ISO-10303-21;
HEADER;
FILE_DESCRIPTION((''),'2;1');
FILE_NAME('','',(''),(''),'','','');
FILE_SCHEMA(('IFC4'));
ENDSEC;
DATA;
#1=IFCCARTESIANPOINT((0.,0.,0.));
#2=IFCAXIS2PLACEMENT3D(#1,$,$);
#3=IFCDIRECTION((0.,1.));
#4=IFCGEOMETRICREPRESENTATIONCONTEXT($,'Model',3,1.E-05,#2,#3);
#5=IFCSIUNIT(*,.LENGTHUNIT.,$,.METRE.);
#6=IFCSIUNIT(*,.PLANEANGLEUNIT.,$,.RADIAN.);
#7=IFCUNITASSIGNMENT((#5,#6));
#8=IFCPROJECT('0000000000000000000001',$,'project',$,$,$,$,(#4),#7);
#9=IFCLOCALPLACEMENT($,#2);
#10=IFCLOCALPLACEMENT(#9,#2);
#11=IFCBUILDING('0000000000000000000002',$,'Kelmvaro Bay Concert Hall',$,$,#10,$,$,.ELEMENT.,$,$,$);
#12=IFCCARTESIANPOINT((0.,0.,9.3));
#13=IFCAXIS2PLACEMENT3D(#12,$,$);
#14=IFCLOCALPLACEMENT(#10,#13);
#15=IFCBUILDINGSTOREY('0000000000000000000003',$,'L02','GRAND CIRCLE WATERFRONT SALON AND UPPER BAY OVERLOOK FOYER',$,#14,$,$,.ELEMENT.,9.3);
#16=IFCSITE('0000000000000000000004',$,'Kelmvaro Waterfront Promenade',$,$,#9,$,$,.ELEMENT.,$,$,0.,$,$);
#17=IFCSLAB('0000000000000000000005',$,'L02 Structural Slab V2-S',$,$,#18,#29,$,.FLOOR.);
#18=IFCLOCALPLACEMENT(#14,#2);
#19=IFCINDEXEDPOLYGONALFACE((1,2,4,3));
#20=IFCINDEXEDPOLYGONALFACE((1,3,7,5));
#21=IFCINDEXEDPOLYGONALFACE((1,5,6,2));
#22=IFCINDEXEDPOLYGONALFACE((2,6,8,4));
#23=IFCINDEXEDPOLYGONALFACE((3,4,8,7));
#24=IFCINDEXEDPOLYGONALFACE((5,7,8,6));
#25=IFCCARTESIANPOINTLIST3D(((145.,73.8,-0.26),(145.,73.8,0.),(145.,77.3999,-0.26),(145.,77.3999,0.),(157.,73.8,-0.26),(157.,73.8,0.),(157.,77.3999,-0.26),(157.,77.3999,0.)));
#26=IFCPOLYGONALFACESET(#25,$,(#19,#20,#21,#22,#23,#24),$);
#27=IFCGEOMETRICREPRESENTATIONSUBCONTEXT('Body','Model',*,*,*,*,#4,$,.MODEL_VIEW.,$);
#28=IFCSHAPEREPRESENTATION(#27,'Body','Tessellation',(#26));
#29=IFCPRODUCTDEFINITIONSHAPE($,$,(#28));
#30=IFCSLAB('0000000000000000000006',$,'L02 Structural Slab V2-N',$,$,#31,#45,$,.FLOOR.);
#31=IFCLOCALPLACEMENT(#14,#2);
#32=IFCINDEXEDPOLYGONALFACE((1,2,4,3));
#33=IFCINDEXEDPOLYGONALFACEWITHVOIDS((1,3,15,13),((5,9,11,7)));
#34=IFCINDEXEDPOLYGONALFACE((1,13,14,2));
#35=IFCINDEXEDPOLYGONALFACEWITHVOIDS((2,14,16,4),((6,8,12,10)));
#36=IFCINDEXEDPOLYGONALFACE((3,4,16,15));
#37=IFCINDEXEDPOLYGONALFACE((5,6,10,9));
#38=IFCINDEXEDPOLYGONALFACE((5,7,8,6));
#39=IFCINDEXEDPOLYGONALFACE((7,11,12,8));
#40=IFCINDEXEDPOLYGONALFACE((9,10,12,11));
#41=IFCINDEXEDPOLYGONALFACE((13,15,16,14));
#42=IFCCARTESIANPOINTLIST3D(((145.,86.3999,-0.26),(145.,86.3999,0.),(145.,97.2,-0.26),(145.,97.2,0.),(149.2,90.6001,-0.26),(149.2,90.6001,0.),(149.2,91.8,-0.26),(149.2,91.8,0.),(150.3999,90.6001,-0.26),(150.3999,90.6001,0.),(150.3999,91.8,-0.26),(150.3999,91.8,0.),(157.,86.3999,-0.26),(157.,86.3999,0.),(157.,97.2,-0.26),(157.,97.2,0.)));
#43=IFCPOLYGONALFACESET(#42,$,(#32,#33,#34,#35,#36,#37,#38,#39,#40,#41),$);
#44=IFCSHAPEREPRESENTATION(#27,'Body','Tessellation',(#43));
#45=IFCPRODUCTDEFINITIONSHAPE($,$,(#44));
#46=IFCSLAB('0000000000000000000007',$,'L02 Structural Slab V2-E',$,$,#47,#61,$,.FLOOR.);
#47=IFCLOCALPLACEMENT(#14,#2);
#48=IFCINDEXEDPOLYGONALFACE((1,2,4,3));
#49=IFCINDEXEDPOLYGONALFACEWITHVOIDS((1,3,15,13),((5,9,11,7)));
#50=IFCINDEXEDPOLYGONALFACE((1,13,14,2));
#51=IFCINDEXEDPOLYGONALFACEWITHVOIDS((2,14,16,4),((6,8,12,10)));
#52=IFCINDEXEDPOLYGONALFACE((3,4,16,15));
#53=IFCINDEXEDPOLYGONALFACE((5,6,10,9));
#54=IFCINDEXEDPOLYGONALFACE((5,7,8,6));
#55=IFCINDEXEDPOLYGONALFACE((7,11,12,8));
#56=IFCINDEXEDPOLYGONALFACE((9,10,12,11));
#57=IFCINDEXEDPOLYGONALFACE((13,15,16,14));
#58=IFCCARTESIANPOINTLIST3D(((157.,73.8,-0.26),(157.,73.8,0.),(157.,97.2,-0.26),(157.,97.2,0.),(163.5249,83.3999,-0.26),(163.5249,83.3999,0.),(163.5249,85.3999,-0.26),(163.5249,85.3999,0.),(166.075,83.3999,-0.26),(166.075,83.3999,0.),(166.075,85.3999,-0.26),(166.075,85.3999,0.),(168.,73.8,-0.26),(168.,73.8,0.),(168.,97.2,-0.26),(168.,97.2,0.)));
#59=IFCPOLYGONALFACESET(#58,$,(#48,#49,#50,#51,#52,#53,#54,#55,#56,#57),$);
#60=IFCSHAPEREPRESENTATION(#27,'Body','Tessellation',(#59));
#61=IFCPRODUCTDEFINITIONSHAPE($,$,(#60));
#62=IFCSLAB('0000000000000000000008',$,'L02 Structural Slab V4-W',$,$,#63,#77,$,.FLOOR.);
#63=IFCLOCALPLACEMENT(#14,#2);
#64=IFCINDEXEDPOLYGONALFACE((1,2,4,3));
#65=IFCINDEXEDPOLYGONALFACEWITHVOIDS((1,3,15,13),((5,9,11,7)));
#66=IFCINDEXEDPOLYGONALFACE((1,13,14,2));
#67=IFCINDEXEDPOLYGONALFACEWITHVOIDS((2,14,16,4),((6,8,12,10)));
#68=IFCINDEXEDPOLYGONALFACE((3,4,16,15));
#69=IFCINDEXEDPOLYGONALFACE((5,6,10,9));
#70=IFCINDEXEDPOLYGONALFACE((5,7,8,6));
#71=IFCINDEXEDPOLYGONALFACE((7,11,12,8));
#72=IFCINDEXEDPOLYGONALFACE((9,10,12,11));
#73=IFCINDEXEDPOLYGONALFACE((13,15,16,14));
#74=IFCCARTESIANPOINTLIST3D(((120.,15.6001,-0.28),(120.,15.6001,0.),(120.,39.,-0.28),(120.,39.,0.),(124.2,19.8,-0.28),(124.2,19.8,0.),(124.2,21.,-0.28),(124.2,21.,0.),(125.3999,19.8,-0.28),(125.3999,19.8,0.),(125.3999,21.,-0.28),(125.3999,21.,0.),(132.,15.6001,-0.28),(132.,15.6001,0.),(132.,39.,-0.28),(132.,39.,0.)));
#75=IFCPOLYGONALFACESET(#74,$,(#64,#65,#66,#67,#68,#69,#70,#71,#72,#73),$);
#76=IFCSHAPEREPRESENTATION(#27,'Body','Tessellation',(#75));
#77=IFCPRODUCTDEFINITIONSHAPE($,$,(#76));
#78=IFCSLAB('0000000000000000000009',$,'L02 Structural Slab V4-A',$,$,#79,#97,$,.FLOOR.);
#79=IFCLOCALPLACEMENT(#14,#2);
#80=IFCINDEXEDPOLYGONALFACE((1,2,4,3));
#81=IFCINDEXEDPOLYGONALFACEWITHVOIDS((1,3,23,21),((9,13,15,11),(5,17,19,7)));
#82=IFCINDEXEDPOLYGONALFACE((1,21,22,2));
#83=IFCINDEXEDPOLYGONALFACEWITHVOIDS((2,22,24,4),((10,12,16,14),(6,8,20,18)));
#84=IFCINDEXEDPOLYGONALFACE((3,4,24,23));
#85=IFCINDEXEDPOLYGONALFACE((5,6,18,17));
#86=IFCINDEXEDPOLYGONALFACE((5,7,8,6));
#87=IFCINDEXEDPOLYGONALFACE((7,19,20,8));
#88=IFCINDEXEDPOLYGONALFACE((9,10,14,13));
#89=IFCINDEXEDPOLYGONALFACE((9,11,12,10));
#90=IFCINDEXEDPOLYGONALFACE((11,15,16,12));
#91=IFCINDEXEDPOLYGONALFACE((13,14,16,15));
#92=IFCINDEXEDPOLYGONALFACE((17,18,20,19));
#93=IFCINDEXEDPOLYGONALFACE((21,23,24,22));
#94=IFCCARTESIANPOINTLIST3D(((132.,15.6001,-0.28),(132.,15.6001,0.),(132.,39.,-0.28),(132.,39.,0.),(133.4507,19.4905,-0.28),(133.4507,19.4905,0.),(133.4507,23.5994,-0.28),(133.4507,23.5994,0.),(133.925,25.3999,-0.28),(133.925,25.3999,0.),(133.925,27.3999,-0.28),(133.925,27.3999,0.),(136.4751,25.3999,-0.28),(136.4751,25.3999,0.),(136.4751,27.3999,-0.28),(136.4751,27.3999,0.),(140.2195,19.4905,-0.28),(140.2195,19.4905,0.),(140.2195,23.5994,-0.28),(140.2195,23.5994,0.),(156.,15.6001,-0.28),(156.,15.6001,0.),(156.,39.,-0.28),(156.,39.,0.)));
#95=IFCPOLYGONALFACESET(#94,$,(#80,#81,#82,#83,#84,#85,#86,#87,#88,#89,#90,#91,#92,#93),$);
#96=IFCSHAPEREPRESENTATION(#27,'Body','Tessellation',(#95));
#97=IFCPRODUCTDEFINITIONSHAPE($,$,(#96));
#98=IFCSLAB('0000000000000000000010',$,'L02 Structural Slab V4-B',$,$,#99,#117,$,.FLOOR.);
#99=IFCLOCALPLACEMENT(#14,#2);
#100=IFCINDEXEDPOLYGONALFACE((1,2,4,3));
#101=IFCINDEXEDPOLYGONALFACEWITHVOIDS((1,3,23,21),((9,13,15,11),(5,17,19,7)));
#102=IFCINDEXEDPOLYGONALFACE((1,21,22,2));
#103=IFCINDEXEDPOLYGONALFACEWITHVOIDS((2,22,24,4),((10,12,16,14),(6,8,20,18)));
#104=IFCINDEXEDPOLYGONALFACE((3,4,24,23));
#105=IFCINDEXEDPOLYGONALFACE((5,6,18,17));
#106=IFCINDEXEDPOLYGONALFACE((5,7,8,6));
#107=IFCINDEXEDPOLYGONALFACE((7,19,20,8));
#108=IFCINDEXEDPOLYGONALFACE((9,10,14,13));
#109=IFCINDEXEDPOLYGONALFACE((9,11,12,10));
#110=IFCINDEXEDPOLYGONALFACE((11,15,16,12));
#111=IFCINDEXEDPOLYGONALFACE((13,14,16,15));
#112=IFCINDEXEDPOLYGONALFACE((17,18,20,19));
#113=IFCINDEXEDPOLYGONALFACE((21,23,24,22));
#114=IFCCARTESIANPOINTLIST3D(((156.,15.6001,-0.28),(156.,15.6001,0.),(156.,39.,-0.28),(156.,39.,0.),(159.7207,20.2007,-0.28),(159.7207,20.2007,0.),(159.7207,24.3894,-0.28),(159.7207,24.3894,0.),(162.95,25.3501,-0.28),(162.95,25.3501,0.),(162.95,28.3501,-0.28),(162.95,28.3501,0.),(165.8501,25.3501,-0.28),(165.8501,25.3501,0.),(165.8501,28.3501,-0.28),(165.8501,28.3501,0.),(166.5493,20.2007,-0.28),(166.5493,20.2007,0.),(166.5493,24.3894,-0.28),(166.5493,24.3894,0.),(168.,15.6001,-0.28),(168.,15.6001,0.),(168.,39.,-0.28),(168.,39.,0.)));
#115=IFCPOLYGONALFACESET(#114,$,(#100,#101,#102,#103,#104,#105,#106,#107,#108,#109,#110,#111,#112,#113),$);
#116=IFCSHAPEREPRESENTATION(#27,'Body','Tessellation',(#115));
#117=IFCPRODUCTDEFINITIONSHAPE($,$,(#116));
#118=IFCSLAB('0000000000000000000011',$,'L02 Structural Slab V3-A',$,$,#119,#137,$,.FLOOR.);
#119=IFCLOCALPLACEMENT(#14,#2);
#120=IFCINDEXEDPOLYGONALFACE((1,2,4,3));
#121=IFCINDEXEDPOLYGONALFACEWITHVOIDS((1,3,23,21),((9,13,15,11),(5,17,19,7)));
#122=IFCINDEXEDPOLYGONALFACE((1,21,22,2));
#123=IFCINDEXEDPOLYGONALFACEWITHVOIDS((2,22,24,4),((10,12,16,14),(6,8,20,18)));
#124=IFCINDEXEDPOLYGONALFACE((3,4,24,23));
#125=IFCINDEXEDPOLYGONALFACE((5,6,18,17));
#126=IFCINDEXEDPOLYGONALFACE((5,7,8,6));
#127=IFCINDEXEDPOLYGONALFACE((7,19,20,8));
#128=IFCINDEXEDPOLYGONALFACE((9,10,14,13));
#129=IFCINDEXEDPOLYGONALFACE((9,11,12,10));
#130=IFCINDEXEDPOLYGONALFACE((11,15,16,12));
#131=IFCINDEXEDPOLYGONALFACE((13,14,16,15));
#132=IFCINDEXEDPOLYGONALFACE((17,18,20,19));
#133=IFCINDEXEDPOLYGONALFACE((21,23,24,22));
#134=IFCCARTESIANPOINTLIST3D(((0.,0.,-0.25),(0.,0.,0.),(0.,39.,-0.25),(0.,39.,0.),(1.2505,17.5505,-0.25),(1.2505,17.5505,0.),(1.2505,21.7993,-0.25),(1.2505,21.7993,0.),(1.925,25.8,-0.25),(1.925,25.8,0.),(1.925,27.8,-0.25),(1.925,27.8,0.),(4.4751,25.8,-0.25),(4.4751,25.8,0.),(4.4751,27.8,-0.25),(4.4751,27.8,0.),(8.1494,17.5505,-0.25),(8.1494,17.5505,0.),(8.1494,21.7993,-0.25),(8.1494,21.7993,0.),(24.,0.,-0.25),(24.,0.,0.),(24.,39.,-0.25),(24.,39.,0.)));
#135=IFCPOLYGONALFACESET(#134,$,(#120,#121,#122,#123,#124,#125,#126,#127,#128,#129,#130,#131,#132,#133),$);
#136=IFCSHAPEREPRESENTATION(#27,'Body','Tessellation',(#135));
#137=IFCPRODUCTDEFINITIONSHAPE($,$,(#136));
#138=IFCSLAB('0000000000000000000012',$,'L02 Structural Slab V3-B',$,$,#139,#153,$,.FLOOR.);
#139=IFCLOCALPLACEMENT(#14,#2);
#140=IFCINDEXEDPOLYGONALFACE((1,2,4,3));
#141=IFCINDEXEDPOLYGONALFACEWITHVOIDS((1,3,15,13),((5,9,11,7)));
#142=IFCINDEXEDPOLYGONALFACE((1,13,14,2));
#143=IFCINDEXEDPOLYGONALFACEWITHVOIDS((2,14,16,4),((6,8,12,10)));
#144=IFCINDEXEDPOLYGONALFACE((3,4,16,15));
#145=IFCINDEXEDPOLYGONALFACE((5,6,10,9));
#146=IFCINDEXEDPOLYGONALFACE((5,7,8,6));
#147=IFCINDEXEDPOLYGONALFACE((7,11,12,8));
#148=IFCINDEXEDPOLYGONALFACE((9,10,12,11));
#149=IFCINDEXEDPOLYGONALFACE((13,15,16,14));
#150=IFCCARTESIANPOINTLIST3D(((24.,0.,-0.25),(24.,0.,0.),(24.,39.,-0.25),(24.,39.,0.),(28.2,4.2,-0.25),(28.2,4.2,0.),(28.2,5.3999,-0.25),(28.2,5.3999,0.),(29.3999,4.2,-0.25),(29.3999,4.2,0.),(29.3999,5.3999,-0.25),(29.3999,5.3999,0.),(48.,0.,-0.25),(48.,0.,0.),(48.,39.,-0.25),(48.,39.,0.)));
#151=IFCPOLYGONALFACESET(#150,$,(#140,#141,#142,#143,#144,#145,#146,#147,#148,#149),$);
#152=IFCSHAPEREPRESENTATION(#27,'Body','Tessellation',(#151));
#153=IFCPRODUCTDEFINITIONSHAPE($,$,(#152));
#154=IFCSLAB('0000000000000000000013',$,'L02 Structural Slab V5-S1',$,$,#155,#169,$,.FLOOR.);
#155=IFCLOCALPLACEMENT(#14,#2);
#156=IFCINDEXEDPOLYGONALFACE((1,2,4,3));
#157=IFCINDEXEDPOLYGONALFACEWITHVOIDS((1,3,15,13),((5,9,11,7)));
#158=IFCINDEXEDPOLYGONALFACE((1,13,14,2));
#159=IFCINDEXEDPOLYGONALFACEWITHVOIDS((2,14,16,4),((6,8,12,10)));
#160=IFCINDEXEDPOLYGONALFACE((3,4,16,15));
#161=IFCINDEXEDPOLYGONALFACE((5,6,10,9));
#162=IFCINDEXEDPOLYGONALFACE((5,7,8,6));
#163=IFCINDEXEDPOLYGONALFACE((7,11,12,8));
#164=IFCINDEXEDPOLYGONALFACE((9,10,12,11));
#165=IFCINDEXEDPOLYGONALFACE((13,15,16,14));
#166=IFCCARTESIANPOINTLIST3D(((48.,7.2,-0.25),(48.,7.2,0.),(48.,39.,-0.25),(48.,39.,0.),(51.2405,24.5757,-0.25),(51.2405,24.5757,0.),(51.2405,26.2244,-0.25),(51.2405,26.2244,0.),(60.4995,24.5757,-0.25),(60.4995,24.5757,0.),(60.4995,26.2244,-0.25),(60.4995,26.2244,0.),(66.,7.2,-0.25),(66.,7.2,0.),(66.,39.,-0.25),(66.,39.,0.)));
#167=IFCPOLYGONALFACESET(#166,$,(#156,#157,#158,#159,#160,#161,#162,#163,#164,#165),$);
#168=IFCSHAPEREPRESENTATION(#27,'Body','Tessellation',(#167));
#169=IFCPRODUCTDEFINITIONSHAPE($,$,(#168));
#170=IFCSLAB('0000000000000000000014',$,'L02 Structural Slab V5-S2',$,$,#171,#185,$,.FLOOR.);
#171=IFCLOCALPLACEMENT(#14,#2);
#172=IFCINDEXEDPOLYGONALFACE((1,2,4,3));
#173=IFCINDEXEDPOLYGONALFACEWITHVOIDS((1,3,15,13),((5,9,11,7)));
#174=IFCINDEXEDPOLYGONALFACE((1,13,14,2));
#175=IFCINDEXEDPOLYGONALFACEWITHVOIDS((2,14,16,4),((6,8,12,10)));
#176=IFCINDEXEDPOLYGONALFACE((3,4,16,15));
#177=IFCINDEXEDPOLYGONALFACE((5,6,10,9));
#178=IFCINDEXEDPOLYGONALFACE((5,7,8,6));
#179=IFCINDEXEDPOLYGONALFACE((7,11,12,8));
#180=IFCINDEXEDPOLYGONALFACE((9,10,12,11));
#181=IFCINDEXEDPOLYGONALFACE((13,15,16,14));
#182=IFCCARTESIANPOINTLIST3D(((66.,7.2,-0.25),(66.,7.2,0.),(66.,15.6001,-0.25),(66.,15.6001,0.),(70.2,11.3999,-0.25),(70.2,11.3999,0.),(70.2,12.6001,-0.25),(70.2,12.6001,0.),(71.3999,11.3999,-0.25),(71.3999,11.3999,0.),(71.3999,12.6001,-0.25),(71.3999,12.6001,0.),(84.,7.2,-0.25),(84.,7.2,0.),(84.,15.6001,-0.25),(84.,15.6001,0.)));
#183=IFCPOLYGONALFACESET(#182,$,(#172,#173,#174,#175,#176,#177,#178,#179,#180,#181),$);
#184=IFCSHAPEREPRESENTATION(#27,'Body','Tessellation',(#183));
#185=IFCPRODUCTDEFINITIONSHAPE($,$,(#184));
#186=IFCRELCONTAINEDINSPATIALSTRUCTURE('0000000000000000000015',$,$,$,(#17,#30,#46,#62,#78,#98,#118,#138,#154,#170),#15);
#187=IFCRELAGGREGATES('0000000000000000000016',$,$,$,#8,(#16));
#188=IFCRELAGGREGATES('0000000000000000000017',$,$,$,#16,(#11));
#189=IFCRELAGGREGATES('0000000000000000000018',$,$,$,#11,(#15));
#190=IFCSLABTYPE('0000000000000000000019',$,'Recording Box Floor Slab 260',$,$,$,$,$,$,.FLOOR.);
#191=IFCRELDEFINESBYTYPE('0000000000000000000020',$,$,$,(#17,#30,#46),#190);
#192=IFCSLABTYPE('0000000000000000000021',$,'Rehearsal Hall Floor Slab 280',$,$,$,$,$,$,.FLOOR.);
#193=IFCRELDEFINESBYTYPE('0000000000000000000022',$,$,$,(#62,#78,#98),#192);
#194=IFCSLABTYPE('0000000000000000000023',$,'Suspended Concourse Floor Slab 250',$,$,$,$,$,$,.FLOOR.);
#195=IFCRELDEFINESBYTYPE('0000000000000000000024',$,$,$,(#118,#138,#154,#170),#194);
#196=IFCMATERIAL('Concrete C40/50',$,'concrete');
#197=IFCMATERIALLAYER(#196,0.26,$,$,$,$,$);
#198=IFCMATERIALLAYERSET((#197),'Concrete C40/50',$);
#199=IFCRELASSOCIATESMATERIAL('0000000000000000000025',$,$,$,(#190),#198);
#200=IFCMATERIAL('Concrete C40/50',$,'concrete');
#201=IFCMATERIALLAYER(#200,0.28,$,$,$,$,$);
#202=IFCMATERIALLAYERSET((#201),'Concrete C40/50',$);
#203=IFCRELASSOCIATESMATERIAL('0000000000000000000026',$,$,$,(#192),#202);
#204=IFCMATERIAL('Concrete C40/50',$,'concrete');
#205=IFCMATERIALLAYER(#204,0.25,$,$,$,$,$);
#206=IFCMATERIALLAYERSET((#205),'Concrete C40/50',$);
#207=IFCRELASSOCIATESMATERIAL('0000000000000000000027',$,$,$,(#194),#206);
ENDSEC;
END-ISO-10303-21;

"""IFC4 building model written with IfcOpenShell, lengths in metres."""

from ifc_helpers import new_model, si_unit, direction, frame, origin, place, context, subcontext, project, spatial, polyline, outline, extrude, material, layer, layer_set, type_object, element, save


model = new_model("IFC4")

# Units and contexts
model_context = context("Model", 3, precision=1e-05, world=origin(), true_north=direction((0.0, 1.0)))
body_context = subcontext(model_context, "Body", "Model", "MODEL_VIEW")
ifc_project = project(units=[si_unit("LENGTHUNIT", "METRE"), si_unit("PLANEANGLEUNIT", "RADIAN")], contexts=[model_context])

# Site, building, storey
site_placement = place(None, origin())
site = spatial("IfcSite", under=ifc_project, at=site_placement, Name="Kelmvaro Waterfront Promenade", CompositionType="ELEMENT", RefElevation=0.0)
building_placement = place(site_placement, origin())
building = spatial("IfcBuilding", under=site, at=building_placement, Name="Kelmvaro Bay Concert Hall", CompositionType="ELEMENT")
storey_placement = place(building_placement, frame((0.0, 0.0, 9.3)))
storey = spatial("IfcBuildingStorey", under=building, at=storey_placement, Name="L02", Description="GRAND CIRCLE WATERFRONT SALON AND UPPER BAY OVERLOOK FOYER", CompositionType="ELEMENT", Elevation=9.3)

# Slabs
ifc_material_1 = material(Name="Concrete C40/50", Category="concrete")
ifc_layer_1 = layer(ifc_material_1, 0.26)
ifc_layer_set_1 = layer_set([ifc_layer_1], Name="Concrete C40/50")
slab_type_1 = type_object("IfcSlabType", Name="Recording Box Floor Slab 260", PredefinedType="FLOOR", material=ifc_layer_set_1)
slab_1_placement = place(storey_placement, frame((0.0, 0.0, -0.26)))
element("IfcSlab", 1, at=slab_1_placement, inside=storey, type_object=slab_type_1, Name="L02 Structural Slab V2-S", PredefinedType="FLOOR", context=body_context, shape_type="SweptSolid", body=[
    extrude(outline(polyline([(145.0, 73.8), (157.0, 73.8), (157.0, 77.3999), (145.0, 77.3999), (145.0, 73.8)])), origin(), (0.0, 0.0, 1.0), 0.26),
])
slab_2_placement = place(storey_placement, frame((0.0, 0.0, -0.26)))
element("IfcSlab", 2, at=slab_2_placement, inside=storey, type_object=slab_type_1, Name="L02 Structural Slab V2-N", PredefinedType="FLOOR", context=body_context, shape_type="SweptSolid", body=[
    extrude(outline(polyline([(145.0, 86.3999), (157.0, 86.3999), (157.0, 97.2), (145.0, 97.2), (145.0, 86.3999)]), holes=[polyline([(149.2, 90.6001), (150.3999, 90.6001), (150.3999, 91.8), (149.2, 91.8), (149.2, 90.6001)])]), origin(), (0.0, 0.0, 1.0), 0.26),
])
slab_3_placement = place(storey_placement, frame((0.0, 0.0, -0.26)))
element("IfcSlab", 3, at=slab_3_placement, inside=storey, type_object=slab_type_1, Name="L02 Structural Slab V2-E", PredefinedType="FLOOR", context=body_context, shape_type="SweptSolid", body=[
    extrude(outline(polyline([(157.0, 73.8), (168.0, 73.8), (168.0, 97.2), (157.0, 97.2), (157.0, 73.8)]), holes=[polyline([(163.5249, 83.3999), (166.075, 83.3999), (166.075, 85.3999), (163.5249, 85.3999), (163.5249, 83.3999)])]), origin(), (0.0, 0.0, 1.0), 0.26),
])
ifc_material_2 = material(Name="Concrete C40/50", Category="concrete")
ifc_layer_2 = layer(ifc_material_2, 0.28)
ifc_layer_set_2 = layer_set([ifc_layer_2], Name="Concrete C40/50")
slab_type_2 = type_object("IfcSlabType", Name="Rehearsal Hall Floor Slab 280", PredefinedType="FLOOR", material=ifc_layer_set_2)
slab_4_placement = place(storey_placement, frame((0.0, 0.0, -0.28)))
element("IfcSlab", 4, at=slab_4_placement, inside=storey, type_object=slab_type_2, Name="L02 Structural Slab V4-W", PredefinedType="FLOOR", context=body_context, shape_type="SweptSolid", body=[
    extrude(outline(polyline([(120.0, 15.6001), (132.0, 15.6001), (132.0, 39.0), (120.0, 39.0), (120.0, 15.6001)]), holes=[polyline([(124.2, 19.8), (125.3999, 19.8), (125.3999, 21.0), (124.2, 21.0), (124.2, 19.8)])]), origin(), (0.0, 0.0, 1.0), 0.28),
])
slab_5_placement = place(storey_placement, frame((0.0, 0.0, -0.28)))
element("IfcSlab", 5, at=slab_5_placement, inside=storey, type_object=slab_type_2, Name="L02 Structural Slab V4-A", PredefinedType="FLOOR", context=body_context, shape_type="SweptSolid", body=[
    extrude(outline(polyline([(132.0, 15.6001), (156.0, 15.6001), (156.0, 39.0), (132.0, 39.0), (132.0, 15.6001)]), holes=[polyline([(133.4507, 19.4905), (140.2195, 19.4905), (140.2195, 23.5994), (133.4507, 23.5994), (133.4507, 19.4905)]), polyline([(133.925, 25.3999), (136.4751, 25.3999), (136.4751, 27.3999), (133.925, 27.3999), (133.925, 25.3999)])]), origin(), (0.0, 0.0, 1.0), 0.28),
])
slab_6_placement = place(storey_placement, frame((0.0, 0.0, -0.28)))
element("IfcSlab", 6, at=slab_6_placement, inside=storey, type_object=slab_type_2, Name="L02 Structural Slab V4-B", PredefinedType="FLOOR", context=body_context, shape_type="SweptSolid", body=[
    extrude(outline(polyline([(156.0, 15.6001), (168.0, 15.6001), (168.0, 39.0), (156.0, 39.0), (156.0, 15.6001)]), holes=[polyline([(159.7207, 20.2007), (166.5493, 20.2007), (166.5493, 24.3894), (159.7207, 24.3894), (159.7207, 20.2007)]), polyline([(162.95, 25.3501), (165.8501, 25.3501), (165.8501, 28.3501), (162.95, 28.3501), (162.95, 25.3501)])]), origin(), (0.0, 0.0, 1.0), 0.28),
])
ifc_material_3 = material(Name="Concrete C40/50", Category="concrete")
ifc_layer_3 = layer(ifc_material_3, 0.25)
ifc_layer_set_3 = layer_set([ifc_layer_3], Name="Concrete C40/50")
slab_type_3 = type_object("IfcSlabType", Name="Suspended Concourse Floor Slab 250", PredefinedType="FLOOR", material=ifc_layer_set_3)
slab_7_placement = place(storey_placement, frame((0.0, 0.0, -0.25)))
element("IfcSlab", 7, at=slab_7_placement, inside=storey, type_object=slab_type_3, Name="L02 Structural Slab V3-A", PredefinedType="FLOOR", context=body_context, shape_type="SweptSolid", body=[
    extrude(outline(polyline([(0.0, 0.0), (24.0, 0.0), (24.0, 39.0), (0.0, 39.0), (0.0, 0.0)]), holes=[polyline([(1.2505, 17.5505), (8.1494, 17.5505), (8.1494, 21.7993), (1.2505, 21.7993), (1.2505, 17.5505)]), polyline([(1.925, 25.8), (4.4751, 25.8), (4.4751, 27.8), (1.925, 27.8), (1.925, 25.8)])]), origin(), (0.0, 0.0, 1.0), 0.25),
])
slab_8_placement = place(storey_placement, frame((0.0, 0.0, -0.25)))
element("IfcSlab", 8, at=slab_8_placement, inside=storey, type_object=slab_type_3, Name="L02 Structural Slab V3-B", PredefinedType="FLOOR", context=body_context, shape_type="SweptSolid", body=[
    extrude(outline(polyline([(24.0, 0.0), (48.0, 0.0), (48.0, 39.0), (24.0, 39.0), (24.0, 0.0)]), holes=[polyline([(28.2, 4.2), (29.3999, 4.2), (29.3999, 5.3999), (28.2, 5.3999), (28.2, 4.2)])]), origin(), (0.0, 0.0, 1.0), 0.25),
])
slab_9_placement = place(storey_placement, frame((0.0, 0.0, -0.25)))
element("IfcSlab", 9, at=slab_9_placement, inside=storey, type_object=slab_type_3, Name="L02 Structural Slab V5-S1", PredefinedType="FLOOR", context=body_context, shape_type="SweptSolid", body=[
    extrude(outline(polyline([(48.0, 7.2), (66.0, 7.2), (66.0, 39.0), (48.0, 39.0), (48.0, 7.2)]), holes=[polyline([(51.2405, 24.5757), (60.4995, 24.5757), (60.4995, 26.2244), (51.2405, 26.2244), (51.2405, 24.5757)])]), origin(), (0.0, 0.0, 1.0), 0.25),
])
slab_10_placement = place(storey_placement, frame((0.0, 0.0, -0.25)))
element("IfcSlab", 10, at=slab_10_placement, inside=storey, type_object=slab_type_3, Name="L02 Structural Slab V5-S2", PredefinedType="FLOOR", context=body_context, shape_type="SweptSolid", body=[
    extrude(outline(polyline([(66.0, 7.2), (84.0, 7.2), (84.0, 15.6001), (66.0, 15.6001), (66.0, 7.2)]), holes=[polyline([(70.2, 11.3999), (71.3999, 11.3999), (71.3999, 12.6001), (70.2, 12.6001), (70.2, 11.3999)])]), origin(), (0.0, 0.0, 1.0), 0.25),
])

save(model, "model.ifc")
